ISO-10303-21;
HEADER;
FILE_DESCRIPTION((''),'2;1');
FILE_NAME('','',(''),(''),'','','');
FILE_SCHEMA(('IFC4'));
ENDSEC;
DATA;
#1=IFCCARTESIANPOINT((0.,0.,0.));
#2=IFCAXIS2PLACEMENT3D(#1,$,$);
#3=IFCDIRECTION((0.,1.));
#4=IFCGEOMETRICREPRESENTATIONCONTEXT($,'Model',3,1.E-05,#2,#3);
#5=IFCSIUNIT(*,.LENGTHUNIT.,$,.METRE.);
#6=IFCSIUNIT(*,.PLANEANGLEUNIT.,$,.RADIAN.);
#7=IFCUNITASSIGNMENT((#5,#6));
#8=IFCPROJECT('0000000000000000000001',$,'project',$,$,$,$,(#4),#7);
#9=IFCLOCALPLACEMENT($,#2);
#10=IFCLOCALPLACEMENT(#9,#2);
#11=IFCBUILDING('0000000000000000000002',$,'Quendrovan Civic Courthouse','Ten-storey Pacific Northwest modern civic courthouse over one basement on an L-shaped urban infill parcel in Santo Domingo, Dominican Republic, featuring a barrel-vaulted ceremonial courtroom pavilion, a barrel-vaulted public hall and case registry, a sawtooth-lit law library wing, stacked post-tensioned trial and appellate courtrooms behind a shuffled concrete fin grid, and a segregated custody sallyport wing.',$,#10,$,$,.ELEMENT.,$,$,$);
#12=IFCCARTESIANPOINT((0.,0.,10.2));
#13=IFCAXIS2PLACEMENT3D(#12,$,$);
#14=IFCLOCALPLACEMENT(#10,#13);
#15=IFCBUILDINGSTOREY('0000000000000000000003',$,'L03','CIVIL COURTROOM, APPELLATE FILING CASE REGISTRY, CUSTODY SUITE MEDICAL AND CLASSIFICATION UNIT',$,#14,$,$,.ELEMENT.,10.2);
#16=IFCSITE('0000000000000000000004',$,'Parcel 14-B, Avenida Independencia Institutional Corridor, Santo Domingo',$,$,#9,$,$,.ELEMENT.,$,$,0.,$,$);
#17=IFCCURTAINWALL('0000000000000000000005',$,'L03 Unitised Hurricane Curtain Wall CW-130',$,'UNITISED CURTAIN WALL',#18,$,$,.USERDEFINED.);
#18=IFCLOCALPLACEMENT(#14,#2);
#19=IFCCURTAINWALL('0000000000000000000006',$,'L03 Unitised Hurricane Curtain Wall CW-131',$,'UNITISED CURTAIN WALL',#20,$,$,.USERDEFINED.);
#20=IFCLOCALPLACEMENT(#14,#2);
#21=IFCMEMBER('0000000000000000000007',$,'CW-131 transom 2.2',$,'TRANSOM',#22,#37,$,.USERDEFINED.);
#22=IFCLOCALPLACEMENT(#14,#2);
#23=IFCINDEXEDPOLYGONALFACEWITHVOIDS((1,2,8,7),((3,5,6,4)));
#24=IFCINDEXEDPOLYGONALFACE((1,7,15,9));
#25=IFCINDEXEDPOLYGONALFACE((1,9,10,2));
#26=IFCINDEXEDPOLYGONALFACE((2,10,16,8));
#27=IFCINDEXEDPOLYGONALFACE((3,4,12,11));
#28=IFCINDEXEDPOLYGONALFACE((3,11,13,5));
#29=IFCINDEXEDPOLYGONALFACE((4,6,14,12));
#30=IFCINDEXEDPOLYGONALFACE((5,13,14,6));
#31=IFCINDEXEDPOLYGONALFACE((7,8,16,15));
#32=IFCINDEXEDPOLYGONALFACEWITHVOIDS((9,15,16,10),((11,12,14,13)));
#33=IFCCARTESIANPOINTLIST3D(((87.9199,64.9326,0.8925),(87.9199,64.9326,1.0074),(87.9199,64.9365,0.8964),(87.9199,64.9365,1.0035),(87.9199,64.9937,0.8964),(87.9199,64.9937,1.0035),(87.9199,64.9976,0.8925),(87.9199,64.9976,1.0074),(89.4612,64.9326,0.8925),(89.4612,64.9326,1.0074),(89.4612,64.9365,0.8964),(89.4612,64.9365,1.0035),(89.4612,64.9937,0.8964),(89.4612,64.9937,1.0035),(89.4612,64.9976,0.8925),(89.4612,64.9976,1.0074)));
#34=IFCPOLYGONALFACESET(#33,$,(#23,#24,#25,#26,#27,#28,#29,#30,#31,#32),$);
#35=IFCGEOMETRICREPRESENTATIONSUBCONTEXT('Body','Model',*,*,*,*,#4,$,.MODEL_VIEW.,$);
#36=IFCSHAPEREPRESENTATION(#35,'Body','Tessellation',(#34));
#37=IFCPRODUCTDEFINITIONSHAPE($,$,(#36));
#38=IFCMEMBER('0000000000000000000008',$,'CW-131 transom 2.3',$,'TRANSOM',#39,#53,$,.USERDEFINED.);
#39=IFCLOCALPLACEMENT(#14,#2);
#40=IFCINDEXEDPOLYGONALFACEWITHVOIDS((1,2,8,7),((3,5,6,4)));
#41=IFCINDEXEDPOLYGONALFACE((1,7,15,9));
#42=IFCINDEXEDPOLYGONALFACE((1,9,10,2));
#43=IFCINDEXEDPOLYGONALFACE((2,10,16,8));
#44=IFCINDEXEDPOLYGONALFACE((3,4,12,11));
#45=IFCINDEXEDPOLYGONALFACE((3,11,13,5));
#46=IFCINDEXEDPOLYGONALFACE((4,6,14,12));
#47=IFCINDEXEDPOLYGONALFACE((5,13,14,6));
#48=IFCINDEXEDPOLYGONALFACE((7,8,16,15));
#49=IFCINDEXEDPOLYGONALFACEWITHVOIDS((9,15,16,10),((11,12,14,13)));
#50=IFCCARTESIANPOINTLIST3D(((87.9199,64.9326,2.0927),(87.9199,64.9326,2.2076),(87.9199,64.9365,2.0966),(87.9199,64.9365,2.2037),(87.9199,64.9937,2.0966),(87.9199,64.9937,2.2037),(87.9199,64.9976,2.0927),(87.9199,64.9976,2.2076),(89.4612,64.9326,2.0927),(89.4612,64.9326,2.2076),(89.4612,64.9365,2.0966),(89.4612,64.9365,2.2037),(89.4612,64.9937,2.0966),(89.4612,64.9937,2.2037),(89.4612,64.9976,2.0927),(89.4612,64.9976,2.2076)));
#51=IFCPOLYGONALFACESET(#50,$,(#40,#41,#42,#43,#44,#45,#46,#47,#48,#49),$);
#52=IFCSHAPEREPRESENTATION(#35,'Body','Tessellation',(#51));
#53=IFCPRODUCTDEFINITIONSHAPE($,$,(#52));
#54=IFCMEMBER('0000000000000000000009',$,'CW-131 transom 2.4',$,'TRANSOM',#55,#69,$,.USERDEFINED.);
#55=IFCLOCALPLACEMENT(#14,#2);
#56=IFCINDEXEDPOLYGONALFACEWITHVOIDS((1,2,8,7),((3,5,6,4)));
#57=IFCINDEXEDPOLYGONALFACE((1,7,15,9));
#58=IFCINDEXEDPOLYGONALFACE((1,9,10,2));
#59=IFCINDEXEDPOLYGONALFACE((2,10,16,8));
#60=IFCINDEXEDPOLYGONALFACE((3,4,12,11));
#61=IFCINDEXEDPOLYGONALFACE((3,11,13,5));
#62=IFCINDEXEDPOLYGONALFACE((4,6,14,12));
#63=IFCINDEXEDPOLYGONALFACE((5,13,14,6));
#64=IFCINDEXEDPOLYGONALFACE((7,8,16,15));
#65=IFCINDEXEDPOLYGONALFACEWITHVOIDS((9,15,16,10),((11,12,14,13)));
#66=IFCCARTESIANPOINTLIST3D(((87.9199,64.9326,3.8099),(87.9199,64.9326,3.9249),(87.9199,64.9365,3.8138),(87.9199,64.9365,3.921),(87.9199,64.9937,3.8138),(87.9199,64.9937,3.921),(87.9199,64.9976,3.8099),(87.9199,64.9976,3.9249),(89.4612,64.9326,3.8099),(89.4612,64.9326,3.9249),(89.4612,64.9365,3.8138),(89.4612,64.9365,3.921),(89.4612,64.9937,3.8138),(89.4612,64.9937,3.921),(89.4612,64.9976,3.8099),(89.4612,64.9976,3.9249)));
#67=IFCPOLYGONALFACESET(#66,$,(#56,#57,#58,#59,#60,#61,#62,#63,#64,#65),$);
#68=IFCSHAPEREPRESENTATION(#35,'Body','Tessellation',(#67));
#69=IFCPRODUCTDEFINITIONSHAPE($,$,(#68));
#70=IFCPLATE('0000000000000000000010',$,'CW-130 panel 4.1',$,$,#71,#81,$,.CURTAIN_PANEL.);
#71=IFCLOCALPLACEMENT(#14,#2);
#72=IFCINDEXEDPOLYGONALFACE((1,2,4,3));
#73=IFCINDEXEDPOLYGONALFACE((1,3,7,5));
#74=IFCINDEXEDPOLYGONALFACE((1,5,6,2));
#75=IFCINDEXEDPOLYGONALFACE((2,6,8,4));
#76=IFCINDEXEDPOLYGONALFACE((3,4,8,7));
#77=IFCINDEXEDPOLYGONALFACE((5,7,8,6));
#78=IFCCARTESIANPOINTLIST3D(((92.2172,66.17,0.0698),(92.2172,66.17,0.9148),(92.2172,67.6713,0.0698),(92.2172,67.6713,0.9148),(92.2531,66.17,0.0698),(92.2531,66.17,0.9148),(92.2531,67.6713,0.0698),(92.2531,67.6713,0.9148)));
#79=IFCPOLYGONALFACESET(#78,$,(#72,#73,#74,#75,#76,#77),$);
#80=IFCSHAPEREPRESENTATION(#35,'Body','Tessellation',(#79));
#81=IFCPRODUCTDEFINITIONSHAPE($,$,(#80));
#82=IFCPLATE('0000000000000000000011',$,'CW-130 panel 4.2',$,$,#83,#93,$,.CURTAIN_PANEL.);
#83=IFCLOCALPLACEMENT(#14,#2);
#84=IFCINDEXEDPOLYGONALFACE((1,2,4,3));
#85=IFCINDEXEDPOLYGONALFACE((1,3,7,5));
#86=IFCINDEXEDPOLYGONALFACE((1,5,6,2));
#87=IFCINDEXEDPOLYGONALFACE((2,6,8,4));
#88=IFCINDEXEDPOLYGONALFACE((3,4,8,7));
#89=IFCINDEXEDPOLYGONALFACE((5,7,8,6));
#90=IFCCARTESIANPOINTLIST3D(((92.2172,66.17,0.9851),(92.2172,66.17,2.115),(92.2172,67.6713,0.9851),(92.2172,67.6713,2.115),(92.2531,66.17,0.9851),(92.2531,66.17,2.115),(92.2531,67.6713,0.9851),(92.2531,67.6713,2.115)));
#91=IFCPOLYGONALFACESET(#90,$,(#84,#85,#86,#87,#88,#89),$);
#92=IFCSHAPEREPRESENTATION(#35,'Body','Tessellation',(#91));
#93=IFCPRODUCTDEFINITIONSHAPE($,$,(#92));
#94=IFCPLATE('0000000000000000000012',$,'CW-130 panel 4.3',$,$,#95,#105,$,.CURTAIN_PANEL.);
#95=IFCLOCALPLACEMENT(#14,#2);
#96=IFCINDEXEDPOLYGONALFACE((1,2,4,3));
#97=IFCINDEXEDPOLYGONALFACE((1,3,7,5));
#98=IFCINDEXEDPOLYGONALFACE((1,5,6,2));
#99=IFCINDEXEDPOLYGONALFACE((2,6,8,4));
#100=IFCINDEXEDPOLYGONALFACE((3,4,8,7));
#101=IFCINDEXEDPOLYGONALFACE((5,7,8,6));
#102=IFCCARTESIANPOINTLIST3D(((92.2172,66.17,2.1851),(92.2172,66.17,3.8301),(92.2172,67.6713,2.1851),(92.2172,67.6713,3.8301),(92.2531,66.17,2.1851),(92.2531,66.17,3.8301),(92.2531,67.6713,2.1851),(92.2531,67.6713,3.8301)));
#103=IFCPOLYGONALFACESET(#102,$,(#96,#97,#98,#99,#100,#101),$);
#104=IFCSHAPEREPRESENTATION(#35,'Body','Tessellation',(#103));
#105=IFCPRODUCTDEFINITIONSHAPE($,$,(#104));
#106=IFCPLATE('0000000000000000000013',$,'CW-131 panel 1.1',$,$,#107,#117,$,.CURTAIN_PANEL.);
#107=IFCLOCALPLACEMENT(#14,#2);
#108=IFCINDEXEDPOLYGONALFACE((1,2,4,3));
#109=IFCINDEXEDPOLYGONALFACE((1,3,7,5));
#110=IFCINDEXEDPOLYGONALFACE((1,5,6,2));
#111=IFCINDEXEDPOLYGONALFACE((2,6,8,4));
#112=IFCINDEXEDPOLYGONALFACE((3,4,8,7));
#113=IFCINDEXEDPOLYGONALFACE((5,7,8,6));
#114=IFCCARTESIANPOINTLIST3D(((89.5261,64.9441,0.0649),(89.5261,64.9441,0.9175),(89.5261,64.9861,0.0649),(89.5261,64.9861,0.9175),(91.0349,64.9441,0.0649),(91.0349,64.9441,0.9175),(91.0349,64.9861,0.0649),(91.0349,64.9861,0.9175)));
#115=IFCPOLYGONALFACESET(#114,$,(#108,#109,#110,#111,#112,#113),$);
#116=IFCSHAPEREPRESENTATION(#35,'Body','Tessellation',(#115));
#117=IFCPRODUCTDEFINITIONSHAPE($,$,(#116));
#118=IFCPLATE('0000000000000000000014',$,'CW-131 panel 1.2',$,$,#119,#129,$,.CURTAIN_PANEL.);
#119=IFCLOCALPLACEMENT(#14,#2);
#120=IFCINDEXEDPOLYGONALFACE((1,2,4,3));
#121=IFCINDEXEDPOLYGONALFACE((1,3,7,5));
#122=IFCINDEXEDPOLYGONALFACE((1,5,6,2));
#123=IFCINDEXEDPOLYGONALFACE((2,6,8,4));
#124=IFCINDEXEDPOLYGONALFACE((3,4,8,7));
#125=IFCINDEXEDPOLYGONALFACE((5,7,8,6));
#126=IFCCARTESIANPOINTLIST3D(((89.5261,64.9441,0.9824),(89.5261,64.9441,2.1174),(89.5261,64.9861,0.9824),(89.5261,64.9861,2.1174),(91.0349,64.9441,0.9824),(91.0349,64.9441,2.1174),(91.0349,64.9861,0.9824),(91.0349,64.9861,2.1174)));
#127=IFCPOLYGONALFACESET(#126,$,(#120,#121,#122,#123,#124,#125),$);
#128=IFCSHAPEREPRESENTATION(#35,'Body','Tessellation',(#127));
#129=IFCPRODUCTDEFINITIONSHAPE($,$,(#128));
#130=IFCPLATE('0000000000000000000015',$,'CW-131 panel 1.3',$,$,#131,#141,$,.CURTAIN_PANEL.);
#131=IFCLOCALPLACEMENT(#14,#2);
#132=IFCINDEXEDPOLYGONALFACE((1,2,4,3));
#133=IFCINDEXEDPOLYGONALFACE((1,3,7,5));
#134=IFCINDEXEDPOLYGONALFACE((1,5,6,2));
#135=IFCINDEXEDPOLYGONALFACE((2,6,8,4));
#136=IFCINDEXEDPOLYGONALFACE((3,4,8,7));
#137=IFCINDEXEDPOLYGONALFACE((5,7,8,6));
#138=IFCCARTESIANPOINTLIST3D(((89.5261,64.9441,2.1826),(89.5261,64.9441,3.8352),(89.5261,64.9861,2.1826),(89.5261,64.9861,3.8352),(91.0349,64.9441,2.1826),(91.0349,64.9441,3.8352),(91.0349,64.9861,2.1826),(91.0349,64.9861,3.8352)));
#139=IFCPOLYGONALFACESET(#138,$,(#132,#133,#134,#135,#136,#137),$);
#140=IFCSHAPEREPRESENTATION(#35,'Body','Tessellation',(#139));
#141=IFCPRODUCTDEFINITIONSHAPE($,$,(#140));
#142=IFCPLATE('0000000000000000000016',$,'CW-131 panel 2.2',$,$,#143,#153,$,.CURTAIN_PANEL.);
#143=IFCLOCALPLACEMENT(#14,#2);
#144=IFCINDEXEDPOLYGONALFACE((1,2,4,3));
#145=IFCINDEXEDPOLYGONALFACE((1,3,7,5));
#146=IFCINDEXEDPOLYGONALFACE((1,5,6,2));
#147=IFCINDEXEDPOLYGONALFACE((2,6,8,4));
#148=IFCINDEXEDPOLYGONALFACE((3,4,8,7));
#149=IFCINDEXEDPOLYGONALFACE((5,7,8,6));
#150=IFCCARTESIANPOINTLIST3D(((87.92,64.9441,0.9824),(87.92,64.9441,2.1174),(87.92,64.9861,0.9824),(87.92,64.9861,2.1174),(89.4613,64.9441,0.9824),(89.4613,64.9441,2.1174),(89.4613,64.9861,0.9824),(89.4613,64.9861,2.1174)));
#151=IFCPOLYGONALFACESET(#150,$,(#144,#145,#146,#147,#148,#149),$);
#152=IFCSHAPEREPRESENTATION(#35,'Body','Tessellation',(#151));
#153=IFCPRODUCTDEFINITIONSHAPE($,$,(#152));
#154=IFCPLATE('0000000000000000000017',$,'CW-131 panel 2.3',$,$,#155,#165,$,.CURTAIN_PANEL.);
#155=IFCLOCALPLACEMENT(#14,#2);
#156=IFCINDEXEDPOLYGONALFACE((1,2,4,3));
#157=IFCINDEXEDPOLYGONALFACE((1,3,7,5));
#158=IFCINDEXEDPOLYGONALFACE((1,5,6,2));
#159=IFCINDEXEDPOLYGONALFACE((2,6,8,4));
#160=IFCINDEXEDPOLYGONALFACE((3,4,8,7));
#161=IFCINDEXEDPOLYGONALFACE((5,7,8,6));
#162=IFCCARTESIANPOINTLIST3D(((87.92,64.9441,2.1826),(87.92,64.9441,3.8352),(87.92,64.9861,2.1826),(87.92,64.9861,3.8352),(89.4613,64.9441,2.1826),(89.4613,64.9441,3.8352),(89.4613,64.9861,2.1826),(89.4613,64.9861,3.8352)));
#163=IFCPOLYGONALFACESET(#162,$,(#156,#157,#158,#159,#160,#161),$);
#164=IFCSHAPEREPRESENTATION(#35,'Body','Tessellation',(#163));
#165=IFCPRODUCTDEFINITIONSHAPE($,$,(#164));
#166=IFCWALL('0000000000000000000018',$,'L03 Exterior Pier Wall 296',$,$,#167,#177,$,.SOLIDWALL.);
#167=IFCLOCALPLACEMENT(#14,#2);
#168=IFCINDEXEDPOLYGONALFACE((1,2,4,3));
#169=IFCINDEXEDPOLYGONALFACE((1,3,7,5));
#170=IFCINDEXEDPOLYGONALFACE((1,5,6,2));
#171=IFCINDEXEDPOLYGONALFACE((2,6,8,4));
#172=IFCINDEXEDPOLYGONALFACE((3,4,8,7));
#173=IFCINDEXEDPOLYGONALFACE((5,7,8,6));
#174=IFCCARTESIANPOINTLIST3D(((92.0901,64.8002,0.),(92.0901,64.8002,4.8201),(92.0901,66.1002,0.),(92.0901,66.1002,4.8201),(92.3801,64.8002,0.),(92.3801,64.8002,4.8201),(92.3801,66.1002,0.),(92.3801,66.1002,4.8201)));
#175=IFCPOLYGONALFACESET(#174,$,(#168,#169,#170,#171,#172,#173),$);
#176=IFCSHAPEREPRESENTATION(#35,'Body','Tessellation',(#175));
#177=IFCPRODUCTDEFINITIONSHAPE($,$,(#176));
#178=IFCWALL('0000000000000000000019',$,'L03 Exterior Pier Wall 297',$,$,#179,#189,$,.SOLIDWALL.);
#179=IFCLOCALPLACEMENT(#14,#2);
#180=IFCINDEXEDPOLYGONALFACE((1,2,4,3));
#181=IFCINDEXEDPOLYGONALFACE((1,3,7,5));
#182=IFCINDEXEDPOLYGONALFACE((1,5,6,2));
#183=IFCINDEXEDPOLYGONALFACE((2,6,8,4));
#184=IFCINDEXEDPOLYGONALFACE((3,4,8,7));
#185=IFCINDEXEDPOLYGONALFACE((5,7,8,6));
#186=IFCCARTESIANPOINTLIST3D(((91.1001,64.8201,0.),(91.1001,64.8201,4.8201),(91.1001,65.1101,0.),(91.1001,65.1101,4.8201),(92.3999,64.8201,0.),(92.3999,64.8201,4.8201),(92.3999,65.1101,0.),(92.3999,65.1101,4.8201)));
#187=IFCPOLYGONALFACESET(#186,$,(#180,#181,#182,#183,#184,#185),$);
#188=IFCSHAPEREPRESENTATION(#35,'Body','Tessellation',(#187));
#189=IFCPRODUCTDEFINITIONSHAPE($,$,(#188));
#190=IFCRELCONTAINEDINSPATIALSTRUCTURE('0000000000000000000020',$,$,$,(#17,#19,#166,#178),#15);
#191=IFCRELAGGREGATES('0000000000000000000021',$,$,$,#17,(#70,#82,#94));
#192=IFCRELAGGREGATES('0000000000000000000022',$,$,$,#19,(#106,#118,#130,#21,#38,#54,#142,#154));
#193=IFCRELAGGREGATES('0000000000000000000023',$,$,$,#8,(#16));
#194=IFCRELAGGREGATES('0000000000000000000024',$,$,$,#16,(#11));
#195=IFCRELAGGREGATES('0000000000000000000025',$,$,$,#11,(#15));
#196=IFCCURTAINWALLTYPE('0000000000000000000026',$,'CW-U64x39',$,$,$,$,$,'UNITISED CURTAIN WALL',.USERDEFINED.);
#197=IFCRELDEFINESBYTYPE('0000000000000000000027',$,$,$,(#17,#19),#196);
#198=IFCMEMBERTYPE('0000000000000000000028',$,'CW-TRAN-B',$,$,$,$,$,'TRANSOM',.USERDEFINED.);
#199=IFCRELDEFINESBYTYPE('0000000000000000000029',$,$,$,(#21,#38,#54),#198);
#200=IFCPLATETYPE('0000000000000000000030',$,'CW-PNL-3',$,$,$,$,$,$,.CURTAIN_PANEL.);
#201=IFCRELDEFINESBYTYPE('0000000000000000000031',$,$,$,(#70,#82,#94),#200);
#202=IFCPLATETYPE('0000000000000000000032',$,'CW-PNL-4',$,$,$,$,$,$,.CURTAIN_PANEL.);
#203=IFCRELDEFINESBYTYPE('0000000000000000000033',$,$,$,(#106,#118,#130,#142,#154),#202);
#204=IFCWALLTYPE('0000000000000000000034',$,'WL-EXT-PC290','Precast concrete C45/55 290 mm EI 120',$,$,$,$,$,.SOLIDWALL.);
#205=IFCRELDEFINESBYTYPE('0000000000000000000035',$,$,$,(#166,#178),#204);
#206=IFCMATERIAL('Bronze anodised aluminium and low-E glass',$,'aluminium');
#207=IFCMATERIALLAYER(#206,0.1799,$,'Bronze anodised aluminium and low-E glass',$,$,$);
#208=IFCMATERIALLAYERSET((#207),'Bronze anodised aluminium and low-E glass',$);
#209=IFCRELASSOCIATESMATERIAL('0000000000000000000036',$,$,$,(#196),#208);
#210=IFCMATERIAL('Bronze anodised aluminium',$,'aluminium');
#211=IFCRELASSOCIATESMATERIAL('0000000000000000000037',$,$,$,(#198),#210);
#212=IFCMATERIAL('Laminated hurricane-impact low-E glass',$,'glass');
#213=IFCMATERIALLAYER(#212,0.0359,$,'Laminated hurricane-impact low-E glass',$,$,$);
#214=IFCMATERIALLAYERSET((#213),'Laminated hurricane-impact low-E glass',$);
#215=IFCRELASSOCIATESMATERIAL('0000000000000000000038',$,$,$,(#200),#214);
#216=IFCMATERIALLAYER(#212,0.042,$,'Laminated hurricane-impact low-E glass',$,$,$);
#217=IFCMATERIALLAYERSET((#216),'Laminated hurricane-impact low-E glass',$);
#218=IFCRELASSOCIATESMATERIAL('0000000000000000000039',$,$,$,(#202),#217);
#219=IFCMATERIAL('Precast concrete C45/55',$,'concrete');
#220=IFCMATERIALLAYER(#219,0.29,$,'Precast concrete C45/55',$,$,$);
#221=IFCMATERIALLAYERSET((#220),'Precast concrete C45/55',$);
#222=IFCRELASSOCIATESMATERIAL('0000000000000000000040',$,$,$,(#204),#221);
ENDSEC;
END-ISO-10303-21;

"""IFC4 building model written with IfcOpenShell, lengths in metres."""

from ifc_helpers import new_model, si_unit, direction, frame, frame_2d, origin, origin_2d, place, context, subcontext, project, spatial, rectangle, hollow_rectangle, extrude, material, layer, layer_set, material_profile, profile_set, type_object, element, aggregate, save


model = new_model("IFC4")

# Units and contexts
model_context = context("Model", 3, precision=1e-05, world=origin(), true_north=direction((0.0, 1.0)))
body_context = subcontext(model_context, "Body", "Model", "MODEL_VIEW")
ifc_project = project(units=[si_unit("LENGTHUNIT", "METRE"), si_unit("PLANEANGLEUNIT", "RADIAN")], contexts=[model_context])

# Site, building, storey
site_placement = place(None, origin())
site = spatial("IfcSite", under=ifc_project, at=site_placement, Name="Parcel 14-B, Avenida Independencia Institutional Corridor, Santo Domingo", CompositionType="ELEMENT", RefElevation=0.0)
building_placement = place(site_placement, origin())
building = spatial("IfcBuilding", under=site, at=building_placement, Name="Quendrovan Civic Courthouse", Description="Ten-storey Pacific Northwest modern civic courthouse over one basement on an L-shaped urban infill parcel in Santo Domingo, Dominican Republic, featuring a barrel-vaulted ceremonial courtroom pavilion, a barrel-vaulted public hall and case registry, a sawtooth-lit law library wing, stacked post-tensioned trial and appellate courtrooms behind a shuffled concrete fin grid, and a segregated custody sallyport wing.", CompositionType="ELEMENT")
storey_placement = place(building_placement, frame((0.0, 0.0, 10.2)))
storey = spatial("IfcBuildingStorey", under=building, at=storey_placement, Name="L03", Description="CIVIL COURTROOM, APPELLATE FILING CASE REGISTRY, CUSTODY SUITE MEDICAL AND CLASSIFICATION UNIT", CompositionType="ELEMENT", Elevation=10.2)

# Curtain wall
ifc_material_1 = material(Name="Bronze anodised aluminium and low-E glass", Category="aluminium")
ifc_layer_1 = layer(ifc_material_1, 0.1799, Name="Bronze anodised aluminium and low-E glass")
ifc_layer_set_1 = layer_set([ifc_layer_1], Name="Bronze anodised aluminium and low-E glass")
curtain_wall_type = type_object("IfcCurtainWallType", Name="CW-U64x39", ElementType="UNITISED CURTAIN WALL", PredefinedType="USERDEFINED", material=ifc_layer_set_1)
curtain_wall_1_placement = place(storey_placement, origin())
curtain_wall_1 = element("IfcCurtainWall", 1, at=curtain_wall_1_placement, inside=storey, type_object=curtain_wall_type, Name="L03 Unitised Hurricane Curtain Wall CW-130", ObjectType="UNITISED CURTAIN WALL", PredefinedType="USERDEFINED")
ifc_material_2 = material(Name="Bronze anodised aluminium", Category="aluminium")

# Curtain wall
curtain_wall_2_placement = place(storey_placement, origin())
curtain_wall_2 = element("IfcCurtainWall", 2, at=curtain_wall_2_placement, inside=storey, type_object=curtain_wall_type, Name="L03 Unitised Hurricane Curtain Wall CW-131", ObjectType="UNITISED CURTAIN WALL", PredefinedType="USERDEFINED")

# Members
ifc_material_profile_1 = material_profile(ifc_material_2, hollow_rectangle(XDim=0.0649, YDim=0.115, WallThickness=0.0039, at=origin_2d()), Name="CW-TRAN-65x115")
ifc_profile_set_1 = profile_set([ifc_material_profile_1], Name="Bronze anodised aluminium")
member_type_1 = type_object("IfcMemberType", Name="CW-TRAN-B", ElementType="TRANSOM", PredefinedType="USERDEFINED", material=ifc_profile_set_1)
member_1_placement = place(storey_placement, frame((89.4612, 64.9651, 0.95), z_axis=(-1.0, 0.0, 0.0), x_axis=(0.0, -1.0, 0.0)))
member_1 = element("IfcMember", 3, at=member_1_placement, type_object=member_type_1, Name="CW-131 transom 2.2", ObjectType="TRANSOM", PredefinedType="USERDEFINED", context=body_context, shape_type="SweptSolid", body=[
    extrude(hollow_rectangle(XDim=0.0649, YDim=0.115, WallThickness=0.0039, at=origin_2d()), origin(), (0.0, 0.0, 1.0), 1.5413),
])
member_2_placement = place(storey_placement, frame((89.4612, 64.9651, 2.1501), z_axis=(-1.0, 0.0, 0.0), x_axis=(0.0, -1.0, 0.0)))
member_2 = element("IfcMember", 4, at=member_2_placement, type_object=member_type_1, Name="CW-131 transom 2.3", ObjectType="TRANSOM", PredefinedType="USERDEFINED", context=body_context, shape_type="SweptSolid", body=[
    extrude(hollow_rectangle(XDim=0.0649, YDim=0.115, WallThickness=0.0039, at=origin_2d()), origin(), (0.0, 0.0, 1.0), 1.5413),
])
member_3_placement = place(storey_placement, frame((89.4612, 64.9651, 3.8674), z_axis=(-1.0, 0.0, 0.0), x_axis=(0.0, -1.0, 0.0)))
member_3 = element("IfcMember", 5, at=member_3_placement, type_object=member_type_1, Name="CW-131 transom 2.4", ObjectType="TRANSOM", PredefinedType="USERDEFINED", context=body_context, shape_type="SweptSolid", body=[
    extrude(hollow_rectangle(XDim=0.0649, YDim=0.115, WallThickness=0.0039, at=origin_2d()), origin(), (0.0, 0.0, 1.0), 1.5413),
])

# Plates
ifc_material_3 = material(Name="Laminated hurricane-impact low-E glass", Category="glass")
ifc_layer_2 = layer(ifc_material_3, 0.0359, Name="Laminated hurricane-impact low-E glass")
ifc_layer_set_2 = layer_set([ifc_layer_2], Name="Laminated hurricane-impact low-E glass")
plate_type_1 = type_object("IfcPlateType", Name="CW-PNL-3", PredefinedType="CURTAIN_PANEL", material=ifc_layer_set_2)
plate_1_placement = place(storey_placement, frame((92.2351, 66.9207, 0.0698), z_axis=(0.0, 0.0, 1.0), x_axis=(0.0, -1.0, 0.0)))
plate_1 = element("IfcPlate", 6, at=plate_1_placement, type_object=plate_type_1, Name="CW-130 panel 4.1", PredefinedType="CURTAIN_PANEL", context=body_context, shape_type="SweptSolid", body=[
    extrude(rectangle(XDim=1.5012, YDim=0.0359, at=origin_2d()), origin(), (0.0, 0.0, 1.0), 0.845),
])
plate_2_placement = place(storey_placement, frame((92.2351, 66.9207, 0.9851), z_axis=(0.0, 0.0, 1.0), x_axis=(0.0, -1.0, 0.0)))
plate_2 = element("IfcPlate", 7, at=plate_2_placement, type_object=plate_type_1, Name="CW-130 panel 4.2", PredefinedType="CURTAIN_PANEL", context=body_context, shape_type="SweptSolid", body=[
    extrude(rectangle(XDim=1.5012, YDim=0.0359, at=origin_2d()), origin(), (0.0, 0.0, 1.0), 1.1299),
])
plate_3_placement = place(storey_placement, frame((92.2351, 66.9207, 2.1851), z_axis=(0.0, 0.0, 1.0), x_axis=(0.0, -1.0, 0.0)))
plate_3 = element("IfcPlate", 8, at=plate_3_placement, type_object=plate_type_1, Name="CW-130 panel 4.3", PredefinedType="CURTAIN_PANEL", context=body_context, shape_type="SweptSolid", body=[
    extrude(rectangle(XDim=1.5012, YDim=0.0359, at=origin_2d()), origin(), (0.0, 0.0, 1.0), 1.645),
])
aggregate(curtain_wall_1, [plate_1, plate_2, plate_3])
ifc_layer_3 = layer(ifc_material_3, 0.042, Name="Laminated hurricane-impact low-E glass")
ifc_layer_set_3 = layer_set([ifc_layer_3], Name="Laminated hurricane-impact low-E glass")
plate_type_2 = type_object("IfcPlateType", Name="CW-PNL-4", PredefinedType="CURTAIN_PANEL", material=ifc_layer_set_3)
plate_4_placement = place(storey_placement, frame((90.2805, 64.9651, 0.0649), z_axis=(0.0, 0.0, 1.0), x_axis=(-1.0, 0.0, 0.0)))
plate_4 = element("IfcPlate", 9, at=plate_4_placement, type_object=plate_type_2, Name="CW-131 panel 1.1", PredefinedType="CURTAIN_PANEL", context=body_context, shape_type="SweptSolid", body=[
    extrude(rectangle(XDim=1.5088, YDim=0.042, at=origin_2d()), origin(), (0.0, 0.0, 1.0), 0.8525),
])
plate_5_placement = place(storey_placement, frame((90.2805, 64.9651, 0.9824), z_axis=(0.0, 0.0, 1.0), x_axis=(-1.0, 0.0, 0.0)))
plate_5 = element("IfcPlate", 10, at=plate_5_placement, type_object=plate_type_2, Name="CW-131 panel 1.2", PredefinedType="CURTAIN_PANEL", context=body_context, shape_type="SweptSolid", body=[
    extrude(rectangle(XDim=1.5088, YDim=0.042, at=origin_2d()), origin(), (0.0, 0.0, 1.0), 1.135),
])
plate_6_placement = place(storey_placement, frame((90.2805, 64.9651, 2.1826), z_axis=(0.0, 0.0, 1.0), x_axis=(-1.0, 0.0, 0.0)))
plate_6 = element("IfcPlate", 11, at=plate_6_placement, type_object=plate_type_2, Name="CW-131 panel 1.3", PredefinedType="CURTAIN_PANEL", context=body_context, shape_type="SweptSolid", body=[
    extrude(rectangle(XDim=1.5088, YDim=0.042, at=origin_2d()), origin(), (0.0, 0.0, 1.0), 1.6526),
])
plate_7_placement = place(storey_placement, frame((88.6907, 64.9651, 0.9824), z_axis=(0.0, 0.0, 1.0), x_axis=(-1.0, 0.0, 0.0)))
plate_7 = element("IfcPlate", 12, at=plate_7_placement, type_object=plate_type_2, Name="CW-131 panel 2.2", PredefinedType="CURTAIN_PANEL", context=body_context, shape_type="SweptSolid", body=[
    extrude(rectangle(XDim=1.5413, YDim=0.042, at=origin_2d()), origin(), (0.0, 0.0, 1.0), 1.135),
])
plate_8_placement = place(storey_placement, frame((88.6907, 64.9651, 2.1826), z_axis=(0.0, 0.0, 1.0), x_axis=(-1.0, 0.0, 0.0)))
plate_8 = element("IfcPlate", 13, at=plate_8_placement, type_object=plate_type_2, Name="CW-131 panel 2.3", PredefinedType="CURTAIN_PANEL", context=body_context, shape_type="SweptSolid", body=[
    extrude(rectangle(XDim=1.5413, YDim=0.042, at=origin_2d()), origin(), (0.0, 0.0, 1.0), 1.6526),
])
aggregate(curtain_wall_2, [plate_4, plate_5, plate_6, member_1, member_2, member_3, plate_7, plate_8])

# Walls
ifc_material_4 = material(Name="Precast concrete C45/55", Category="concrete")
ifc_layer_4 = layer(ifc_material_4, 0.29, Name="Precast concrete C45/55")
ifc_layer_set_4 = layer_set([ifc_layer_4], Name="Precast concrete C45/55")
wall_type_1 = type_object("IfcWallType", Name="WL-EXT-PC290", Description="Precast concrete C45/55 290 mm EI 120", PredefinedType="SOLIDWALL", material=ifc_layer_set_4)
wall_1_placement = place(storey_placement, frame((92.2351, 66.1001, 0.0), z_axis=(0.0, 0.0, 1.0), x_axis=(0.0, -1.0, 0.0)))
element("IfcWall", 14, at=wall_1_placement, inside=storey, type_object=wall_type_1, Name="L03 Exterior Pier Wall 296", PredefinedType="SOLIDWALL", context=body_context, shape_type="SweptSolid", body=[
    extrude(rectangle(XDim=1.3, YDim=0.29, at=frame_2d((0.6499, 0.0))), origin(), (0.0, 0.0, 1.0), 4.8201),
])
wall_2_placement = place(storey_placement, frame((92.3999, 64.9651, 0.0), z_axis=(0.0, 0.0, 1.0), x_axis=(-1.0, 0.0, 0.0)))
element("IfcWall", 15, at=wall_2_placement, inside=storey, type_object=wall_type_1, Name="L03 Exterior Pier Wall 297", PredefinedType="SOLIDWALL", context=body_context, shape_type="SweptSolid", body=[
    extrude(rectangle(XDim=1.2998, YDim=0.29, at=frame_2d((0.6499, 0.0))), origin(), (0.0, 0.0, 1.0), 4.8201),
])

save(model, "model.ifc")
